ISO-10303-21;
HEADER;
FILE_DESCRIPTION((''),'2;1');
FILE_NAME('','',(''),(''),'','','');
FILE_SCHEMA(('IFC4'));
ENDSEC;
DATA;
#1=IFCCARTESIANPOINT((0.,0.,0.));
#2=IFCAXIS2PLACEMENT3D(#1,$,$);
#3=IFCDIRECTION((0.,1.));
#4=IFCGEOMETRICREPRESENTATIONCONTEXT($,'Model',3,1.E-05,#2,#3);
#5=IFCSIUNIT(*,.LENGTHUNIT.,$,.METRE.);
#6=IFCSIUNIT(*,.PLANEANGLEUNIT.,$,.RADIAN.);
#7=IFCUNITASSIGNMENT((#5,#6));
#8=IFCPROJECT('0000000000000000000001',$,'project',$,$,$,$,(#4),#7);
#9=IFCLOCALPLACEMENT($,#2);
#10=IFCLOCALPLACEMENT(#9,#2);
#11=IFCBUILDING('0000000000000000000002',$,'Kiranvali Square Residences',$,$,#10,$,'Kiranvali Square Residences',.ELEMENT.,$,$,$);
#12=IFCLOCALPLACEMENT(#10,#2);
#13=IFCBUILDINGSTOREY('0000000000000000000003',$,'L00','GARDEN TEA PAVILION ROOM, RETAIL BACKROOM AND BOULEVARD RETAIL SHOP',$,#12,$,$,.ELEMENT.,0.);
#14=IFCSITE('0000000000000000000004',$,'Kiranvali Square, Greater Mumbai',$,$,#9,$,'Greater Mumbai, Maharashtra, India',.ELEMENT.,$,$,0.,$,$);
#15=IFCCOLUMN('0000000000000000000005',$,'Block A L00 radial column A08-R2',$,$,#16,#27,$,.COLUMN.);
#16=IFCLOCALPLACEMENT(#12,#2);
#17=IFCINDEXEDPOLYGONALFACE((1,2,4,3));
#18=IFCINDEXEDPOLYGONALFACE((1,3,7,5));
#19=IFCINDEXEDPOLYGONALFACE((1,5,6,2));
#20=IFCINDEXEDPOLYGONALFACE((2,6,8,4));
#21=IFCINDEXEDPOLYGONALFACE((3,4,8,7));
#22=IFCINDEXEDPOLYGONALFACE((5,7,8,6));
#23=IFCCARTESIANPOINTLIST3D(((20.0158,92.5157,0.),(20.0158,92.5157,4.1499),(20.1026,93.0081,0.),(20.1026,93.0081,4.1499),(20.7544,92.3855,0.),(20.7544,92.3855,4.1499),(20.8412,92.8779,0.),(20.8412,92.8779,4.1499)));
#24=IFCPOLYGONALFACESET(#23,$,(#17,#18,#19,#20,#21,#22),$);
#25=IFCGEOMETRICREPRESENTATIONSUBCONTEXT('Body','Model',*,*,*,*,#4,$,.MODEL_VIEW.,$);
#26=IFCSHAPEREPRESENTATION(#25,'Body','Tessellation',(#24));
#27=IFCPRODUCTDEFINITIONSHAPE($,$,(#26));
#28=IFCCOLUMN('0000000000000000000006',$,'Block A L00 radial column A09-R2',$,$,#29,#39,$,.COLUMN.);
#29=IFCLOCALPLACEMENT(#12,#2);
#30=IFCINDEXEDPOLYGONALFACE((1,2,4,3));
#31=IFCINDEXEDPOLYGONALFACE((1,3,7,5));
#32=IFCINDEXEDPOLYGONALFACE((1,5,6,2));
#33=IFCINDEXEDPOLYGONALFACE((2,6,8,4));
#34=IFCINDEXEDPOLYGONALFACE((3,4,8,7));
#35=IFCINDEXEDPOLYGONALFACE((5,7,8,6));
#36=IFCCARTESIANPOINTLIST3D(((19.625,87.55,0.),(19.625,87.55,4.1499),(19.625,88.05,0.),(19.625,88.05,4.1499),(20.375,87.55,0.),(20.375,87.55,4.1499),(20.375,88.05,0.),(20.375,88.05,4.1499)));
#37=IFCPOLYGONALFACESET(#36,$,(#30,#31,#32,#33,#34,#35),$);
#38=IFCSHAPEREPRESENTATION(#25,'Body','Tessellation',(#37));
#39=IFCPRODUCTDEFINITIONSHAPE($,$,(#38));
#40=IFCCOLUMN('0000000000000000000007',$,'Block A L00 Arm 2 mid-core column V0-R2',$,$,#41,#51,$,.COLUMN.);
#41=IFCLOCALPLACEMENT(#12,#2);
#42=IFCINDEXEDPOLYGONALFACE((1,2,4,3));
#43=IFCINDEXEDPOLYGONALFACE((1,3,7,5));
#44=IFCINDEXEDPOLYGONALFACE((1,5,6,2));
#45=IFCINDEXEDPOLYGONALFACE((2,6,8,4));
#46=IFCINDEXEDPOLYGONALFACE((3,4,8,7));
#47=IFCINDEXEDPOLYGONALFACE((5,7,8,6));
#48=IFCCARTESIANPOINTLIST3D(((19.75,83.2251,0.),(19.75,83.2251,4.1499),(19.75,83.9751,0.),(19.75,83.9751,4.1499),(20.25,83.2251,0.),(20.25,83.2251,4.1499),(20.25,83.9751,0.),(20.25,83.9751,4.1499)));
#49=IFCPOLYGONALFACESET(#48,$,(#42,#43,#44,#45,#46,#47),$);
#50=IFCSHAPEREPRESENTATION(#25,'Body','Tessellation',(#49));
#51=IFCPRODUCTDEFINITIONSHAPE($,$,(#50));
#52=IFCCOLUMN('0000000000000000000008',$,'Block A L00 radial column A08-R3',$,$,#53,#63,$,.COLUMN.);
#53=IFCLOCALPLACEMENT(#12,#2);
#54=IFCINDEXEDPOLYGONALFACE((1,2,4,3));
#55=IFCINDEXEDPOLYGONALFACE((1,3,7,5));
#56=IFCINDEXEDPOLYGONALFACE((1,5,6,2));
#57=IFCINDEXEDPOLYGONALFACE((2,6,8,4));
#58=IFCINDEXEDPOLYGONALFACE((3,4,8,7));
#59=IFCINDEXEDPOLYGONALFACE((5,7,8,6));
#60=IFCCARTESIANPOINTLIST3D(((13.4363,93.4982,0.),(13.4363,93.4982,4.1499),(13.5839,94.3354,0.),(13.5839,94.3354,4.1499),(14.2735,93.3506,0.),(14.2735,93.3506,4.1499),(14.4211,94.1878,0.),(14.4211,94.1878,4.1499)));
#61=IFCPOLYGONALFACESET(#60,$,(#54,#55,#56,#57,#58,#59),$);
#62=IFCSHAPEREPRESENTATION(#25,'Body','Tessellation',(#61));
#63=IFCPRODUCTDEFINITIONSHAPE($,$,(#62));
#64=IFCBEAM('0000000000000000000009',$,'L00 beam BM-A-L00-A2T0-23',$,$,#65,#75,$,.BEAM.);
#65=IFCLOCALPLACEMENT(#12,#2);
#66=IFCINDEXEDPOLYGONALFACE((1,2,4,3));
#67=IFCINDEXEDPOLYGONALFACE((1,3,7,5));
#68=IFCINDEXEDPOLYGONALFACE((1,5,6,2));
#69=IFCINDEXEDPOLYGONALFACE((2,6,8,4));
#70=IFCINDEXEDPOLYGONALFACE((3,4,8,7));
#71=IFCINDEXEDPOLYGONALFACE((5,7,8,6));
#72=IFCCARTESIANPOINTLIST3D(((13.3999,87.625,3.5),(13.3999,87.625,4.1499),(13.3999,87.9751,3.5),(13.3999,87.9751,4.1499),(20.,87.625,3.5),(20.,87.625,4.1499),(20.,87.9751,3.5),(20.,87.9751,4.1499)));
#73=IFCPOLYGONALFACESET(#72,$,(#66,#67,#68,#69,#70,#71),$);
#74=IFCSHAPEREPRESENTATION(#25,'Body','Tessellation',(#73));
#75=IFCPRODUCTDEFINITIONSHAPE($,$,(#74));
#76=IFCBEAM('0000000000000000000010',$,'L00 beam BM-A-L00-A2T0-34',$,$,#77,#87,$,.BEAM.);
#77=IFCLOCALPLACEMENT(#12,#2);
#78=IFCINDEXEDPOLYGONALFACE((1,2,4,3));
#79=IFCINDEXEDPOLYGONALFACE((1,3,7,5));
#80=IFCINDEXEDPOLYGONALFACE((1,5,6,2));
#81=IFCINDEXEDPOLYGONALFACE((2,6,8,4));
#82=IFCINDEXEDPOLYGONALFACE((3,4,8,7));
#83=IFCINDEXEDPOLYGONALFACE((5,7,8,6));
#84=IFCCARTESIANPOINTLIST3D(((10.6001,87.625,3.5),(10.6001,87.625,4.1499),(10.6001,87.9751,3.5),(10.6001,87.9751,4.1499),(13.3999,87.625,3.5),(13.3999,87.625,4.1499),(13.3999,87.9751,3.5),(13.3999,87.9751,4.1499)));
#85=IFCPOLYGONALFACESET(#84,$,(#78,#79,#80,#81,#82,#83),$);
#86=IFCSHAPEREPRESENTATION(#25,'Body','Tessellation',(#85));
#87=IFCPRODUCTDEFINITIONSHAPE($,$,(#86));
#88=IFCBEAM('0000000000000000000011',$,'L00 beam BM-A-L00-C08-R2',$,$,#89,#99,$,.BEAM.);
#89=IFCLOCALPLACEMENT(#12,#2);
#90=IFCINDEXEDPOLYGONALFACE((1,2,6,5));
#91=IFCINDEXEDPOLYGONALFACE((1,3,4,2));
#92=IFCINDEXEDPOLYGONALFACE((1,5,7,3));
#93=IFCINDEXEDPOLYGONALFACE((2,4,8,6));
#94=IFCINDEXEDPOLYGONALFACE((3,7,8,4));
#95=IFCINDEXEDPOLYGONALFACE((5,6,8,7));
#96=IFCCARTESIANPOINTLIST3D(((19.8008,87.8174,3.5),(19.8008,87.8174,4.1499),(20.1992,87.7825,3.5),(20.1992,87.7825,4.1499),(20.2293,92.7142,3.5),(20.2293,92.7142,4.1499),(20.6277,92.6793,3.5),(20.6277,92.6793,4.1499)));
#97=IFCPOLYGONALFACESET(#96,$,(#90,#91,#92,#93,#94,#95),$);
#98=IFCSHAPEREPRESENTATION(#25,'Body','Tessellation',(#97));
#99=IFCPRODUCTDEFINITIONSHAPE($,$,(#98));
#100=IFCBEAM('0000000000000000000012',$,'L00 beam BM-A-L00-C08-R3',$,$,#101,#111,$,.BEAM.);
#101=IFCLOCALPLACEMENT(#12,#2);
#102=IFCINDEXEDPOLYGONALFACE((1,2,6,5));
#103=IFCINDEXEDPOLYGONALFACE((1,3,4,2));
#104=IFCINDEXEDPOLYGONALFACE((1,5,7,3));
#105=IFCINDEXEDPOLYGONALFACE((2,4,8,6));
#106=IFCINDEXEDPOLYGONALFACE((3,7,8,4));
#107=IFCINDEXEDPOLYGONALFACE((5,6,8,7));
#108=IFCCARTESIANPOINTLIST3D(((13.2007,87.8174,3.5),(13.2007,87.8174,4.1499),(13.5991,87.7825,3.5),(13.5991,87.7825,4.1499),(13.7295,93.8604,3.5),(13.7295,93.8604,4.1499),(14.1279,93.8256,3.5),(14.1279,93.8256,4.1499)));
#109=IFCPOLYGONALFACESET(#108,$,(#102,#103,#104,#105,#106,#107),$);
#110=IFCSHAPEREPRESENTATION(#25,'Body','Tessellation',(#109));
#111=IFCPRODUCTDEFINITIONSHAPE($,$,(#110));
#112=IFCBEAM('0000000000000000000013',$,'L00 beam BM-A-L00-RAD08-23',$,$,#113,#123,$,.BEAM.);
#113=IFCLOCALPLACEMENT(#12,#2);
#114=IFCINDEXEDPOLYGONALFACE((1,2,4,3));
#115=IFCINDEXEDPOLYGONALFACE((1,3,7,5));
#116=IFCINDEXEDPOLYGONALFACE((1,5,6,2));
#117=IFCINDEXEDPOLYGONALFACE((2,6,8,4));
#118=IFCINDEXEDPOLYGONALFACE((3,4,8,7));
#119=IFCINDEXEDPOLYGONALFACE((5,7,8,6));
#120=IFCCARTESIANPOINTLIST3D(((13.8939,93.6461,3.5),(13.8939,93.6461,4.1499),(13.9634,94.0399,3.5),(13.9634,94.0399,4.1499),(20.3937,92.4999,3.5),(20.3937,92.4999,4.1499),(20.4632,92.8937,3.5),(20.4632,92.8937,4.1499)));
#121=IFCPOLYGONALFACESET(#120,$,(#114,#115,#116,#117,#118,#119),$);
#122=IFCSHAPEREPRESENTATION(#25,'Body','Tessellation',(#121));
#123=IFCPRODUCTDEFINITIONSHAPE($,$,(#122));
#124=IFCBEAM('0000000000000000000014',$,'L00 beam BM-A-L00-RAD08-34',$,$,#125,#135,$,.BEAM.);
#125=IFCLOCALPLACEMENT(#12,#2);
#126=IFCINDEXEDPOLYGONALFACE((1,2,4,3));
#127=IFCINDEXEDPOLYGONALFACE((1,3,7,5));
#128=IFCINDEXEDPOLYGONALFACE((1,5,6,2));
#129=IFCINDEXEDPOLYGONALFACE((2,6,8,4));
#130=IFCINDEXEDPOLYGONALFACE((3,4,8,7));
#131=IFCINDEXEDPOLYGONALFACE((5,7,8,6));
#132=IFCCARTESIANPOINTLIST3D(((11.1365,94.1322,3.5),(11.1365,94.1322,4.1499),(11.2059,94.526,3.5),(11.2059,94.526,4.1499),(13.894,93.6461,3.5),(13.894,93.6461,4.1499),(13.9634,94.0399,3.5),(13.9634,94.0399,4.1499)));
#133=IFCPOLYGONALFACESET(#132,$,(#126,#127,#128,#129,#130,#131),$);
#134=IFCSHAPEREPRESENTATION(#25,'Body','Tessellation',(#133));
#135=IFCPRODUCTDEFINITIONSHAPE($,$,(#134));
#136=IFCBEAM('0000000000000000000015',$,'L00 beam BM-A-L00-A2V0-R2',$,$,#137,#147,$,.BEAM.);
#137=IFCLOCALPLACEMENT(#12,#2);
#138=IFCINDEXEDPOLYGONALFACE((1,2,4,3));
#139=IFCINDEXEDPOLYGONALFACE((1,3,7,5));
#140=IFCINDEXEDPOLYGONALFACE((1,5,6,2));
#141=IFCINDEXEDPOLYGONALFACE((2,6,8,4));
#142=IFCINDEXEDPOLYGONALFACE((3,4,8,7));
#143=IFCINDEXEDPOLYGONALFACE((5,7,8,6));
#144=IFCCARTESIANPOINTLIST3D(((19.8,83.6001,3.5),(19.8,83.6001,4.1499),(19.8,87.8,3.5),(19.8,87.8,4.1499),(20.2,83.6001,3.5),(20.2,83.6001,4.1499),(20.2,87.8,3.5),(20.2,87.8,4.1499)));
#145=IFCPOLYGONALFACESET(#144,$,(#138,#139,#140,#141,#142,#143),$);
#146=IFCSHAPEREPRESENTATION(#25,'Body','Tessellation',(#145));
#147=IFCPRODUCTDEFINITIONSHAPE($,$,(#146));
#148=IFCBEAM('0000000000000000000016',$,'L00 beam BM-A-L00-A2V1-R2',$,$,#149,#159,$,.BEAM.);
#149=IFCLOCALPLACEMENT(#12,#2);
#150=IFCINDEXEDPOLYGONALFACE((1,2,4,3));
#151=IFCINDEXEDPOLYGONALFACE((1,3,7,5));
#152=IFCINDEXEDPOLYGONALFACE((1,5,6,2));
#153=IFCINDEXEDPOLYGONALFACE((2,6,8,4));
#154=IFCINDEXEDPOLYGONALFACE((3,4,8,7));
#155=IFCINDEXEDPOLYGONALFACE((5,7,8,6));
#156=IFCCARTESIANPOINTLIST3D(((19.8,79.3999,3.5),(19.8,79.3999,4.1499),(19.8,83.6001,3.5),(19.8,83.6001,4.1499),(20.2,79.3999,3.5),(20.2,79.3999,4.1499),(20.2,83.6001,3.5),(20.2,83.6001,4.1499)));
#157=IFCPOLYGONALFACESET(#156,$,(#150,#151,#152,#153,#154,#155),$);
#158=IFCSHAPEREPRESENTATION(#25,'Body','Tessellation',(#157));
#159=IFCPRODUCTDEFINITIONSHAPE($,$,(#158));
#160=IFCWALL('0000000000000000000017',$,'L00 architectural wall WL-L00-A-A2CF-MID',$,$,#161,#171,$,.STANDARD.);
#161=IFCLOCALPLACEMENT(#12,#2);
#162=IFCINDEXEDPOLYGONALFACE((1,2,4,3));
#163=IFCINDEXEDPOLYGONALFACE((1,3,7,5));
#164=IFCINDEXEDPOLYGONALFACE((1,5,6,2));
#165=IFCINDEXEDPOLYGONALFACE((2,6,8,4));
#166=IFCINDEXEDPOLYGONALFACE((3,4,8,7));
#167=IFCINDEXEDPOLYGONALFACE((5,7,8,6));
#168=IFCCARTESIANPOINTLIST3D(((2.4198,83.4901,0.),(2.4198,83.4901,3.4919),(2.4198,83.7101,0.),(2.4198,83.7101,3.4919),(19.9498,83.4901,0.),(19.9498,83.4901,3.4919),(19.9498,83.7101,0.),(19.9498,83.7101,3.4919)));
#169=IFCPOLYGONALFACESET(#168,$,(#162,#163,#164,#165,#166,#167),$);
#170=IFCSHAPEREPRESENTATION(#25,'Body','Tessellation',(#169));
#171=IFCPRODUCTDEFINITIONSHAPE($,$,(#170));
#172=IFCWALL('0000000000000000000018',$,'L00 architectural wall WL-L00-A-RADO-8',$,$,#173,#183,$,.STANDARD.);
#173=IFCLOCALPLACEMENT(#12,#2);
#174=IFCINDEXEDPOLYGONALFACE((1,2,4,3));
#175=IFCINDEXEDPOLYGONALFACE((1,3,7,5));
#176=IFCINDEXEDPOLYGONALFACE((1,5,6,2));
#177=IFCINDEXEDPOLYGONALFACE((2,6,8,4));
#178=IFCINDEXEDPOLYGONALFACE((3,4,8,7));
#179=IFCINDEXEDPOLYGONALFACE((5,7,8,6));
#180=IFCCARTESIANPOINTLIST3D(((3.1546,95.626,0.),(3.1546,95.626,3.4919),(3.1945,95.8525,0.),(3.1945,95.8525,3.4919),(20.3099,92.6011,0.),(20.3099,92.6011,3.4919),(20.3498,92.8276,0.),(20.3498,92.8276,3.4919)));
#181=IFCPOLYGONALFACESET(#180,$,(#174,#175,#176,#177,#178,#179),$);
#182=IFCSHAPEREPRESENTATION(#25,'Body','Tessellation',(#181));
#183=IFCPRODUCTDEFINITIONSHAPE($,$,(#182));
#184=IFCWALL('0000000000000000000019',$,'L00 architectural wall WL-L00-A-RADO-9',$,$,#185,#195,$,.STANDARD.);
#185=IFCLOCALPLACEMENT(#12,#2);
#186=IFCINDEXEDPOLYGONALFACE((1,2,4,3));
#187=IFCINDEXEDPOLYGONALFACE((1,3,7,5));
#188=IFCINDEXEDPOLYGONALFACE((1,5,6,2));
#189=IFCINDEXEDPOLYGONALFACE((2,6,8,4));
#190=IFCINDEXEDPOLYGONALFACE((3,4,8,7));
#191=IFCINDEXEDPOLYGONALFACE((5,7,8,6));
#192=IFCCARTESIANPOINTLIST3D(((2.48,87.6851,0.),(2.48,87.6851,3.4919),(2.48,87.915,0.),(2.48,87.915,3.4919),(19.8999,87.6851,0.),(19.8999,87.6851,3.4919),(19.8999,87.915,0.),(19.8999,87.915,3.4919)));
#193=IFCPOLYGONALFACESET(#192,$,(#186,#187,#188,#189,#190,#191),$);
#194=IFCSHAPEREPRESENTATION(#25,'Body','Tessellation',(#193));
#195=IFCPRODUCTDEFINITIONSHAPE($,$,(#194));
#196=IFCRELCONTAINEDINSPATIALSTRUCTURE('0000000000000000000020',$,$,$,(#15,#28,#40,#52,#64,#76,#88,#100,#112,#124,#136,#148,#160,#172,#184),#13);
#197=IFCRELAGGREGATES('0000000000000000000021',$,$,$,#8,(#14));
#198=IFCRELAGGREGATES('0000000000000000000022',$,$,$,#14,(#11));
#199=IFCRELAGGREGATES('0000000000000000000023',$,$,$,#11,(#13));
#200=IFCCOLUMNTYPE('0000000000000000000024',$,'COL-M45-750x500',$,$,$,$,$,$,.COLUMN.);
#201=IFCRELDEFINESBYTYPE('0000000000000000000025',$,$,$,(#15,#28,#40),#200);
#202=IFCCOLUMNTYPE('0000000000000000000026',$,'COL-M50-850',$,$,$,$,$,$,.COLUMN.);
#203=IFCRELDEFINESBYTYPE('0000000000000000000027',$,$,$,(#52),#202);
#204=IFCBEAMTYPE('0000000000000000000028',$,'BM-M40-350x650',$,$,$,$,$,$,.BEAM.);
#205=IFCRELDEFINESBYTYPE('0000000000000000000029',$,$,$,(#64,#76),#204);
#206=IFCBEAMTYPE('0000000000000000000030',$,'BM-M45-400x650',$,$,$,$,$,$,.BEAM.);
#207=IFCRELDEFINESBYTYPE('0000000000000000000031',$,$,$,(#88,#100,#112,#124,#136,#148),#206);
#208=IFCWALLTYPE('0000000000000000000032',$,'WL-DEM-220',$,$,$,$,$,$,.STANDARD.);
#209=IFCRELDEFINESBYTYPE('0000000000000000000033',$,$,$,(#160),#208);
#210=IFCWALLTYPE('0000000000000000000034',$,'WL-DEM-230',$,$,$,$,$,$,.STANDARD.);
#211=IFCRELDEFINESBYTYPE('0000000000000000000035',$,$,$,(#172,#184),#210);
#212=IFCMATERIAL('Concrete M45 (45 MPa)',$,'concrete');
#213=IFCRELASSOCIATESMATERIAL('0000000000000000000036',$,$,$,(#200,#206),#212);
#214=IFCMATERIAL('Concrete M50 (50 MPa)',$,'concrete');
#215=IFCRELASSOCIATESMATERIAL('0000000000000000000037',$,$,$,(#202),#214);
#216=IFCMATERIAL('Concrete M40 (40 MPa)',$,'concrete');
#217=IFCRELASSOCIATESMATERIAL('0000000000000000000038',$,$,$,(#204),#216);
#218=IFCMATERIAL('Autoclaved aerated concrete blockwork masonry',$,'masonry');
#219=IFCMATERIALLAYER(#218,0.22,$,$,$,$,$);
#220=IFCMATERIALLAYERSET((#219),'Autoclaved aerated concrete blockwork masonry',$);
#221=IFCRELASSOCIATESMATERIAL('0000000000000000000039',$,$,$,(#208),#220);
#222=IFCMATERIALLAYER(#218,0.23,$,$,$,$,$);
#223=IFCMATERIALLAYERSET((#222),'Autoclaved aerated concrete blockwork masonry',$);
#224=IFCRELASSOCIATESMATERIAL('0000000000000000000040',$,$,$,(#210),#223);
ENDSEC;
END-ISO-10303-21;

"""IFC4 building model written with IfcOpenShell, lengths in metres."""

from ifc_helpers import new_model, si_unit, direction, frame, frame_2d, origin, origin_2d, place, context, subcontext, project, spatial, rectangle, extrude, material, layer, layer_set, material_profile, profile_set, type_object, element, save


model = new_model("IFC4")

# Units and contexts
model_context = context("Model", 3, precision=1e-05, world=origin(), true_north=direction((0.0, 1.0)))
body_context = subcontext(model_context, "Body", "Model", "MODEL_VIEW")
ifc_project = project(units=[si_unit("LENGTHUNIT", "METRE"), si_unit("PLANEANGLEUNIT", "RADIAN")], contexts=[model_context])

# Site, building, storey
site_placement = place(None, origin())
site = spatial("IfcSite", under=ifc_project, at=site_placement, Name="Kiranvali Square, Greater Mumbai", LongName="Greater Mumbai, Maharashtra, India", CompositionType="ELEMENT", RefElevation=0.0)
building_placement = place(site_placement, origin())
building = spatial("IfcBuilding", under=site, at=building_placement, Name="Kiranvali Square Residences", LongName="Kiranvali Square Residences", CompositionType="ELEMENT")
storey_placement = place(building_placement, origin())
storey = spatial("IfcBuildingStorey", under=building, at=storey_placement, Name="L00", Description="GARDEN TEA PAVILION ROOM, RETAIL BACKROOM AND BOULEVARD RETAIL SHOP", CompositionType="ELEMENT", Elevation=0.0)

# Columns
ifc_material_1 = material(Name="Concrete M45 (45 MPa)", Category="concrete")
ifc_material_profile_1 = material_profile(ifc_material_1, rectangle(XDim=0.5, YDim=0.75, at=origin_2d()), Name="RC 750x500")
ifc_profile_set_1 = profile_set([ifc_material_profile_1], Name="Concrete M45 (45 MPa)")
column_type_1 = type_object("IfcColumnType", Name="COL-M45-750x500", PredefinedType="COLUMN", material=ifc_profile_set_1)
for number, where, z_axis, x_axis, name in (
    (1, (20.4285, 92.6968, 0.0), (0.0, 0.0, 1.0), (0.173648, 0.984808, 0.0), "Block A L00 radial column A08-R2"),
    (2, (20.0, 87.8, 0.0), (0.0, 0.0, 1.0), (0.0, 1.0, 0.0), "Block A L00 radial column A09-R2"),
    (3, (20.0, 83.6001, 0.0), (0.0, 0.0, 1.0), (1.0, 0.0, 0.0), "Block A L00 Arm 2 mid-core column V0-R2"),
):
    element("IfcColumn", number, at=place(storey_placement, frame(where, z_axis=z_axis, x_axis=x_axis)), inside=storey, type_object=column_type_1, Name=name, PredefinedType="COLUMN", context=body_context, shape_type="SweptSolid", body=[
        extrude(rectangle(XDim=0.5, YDim=0.75, at=origin_2d()), origin(), (0.0, 0.0, 1.0), 4.1499),
    ])
ifc_material_2 = material(Name="Concrete M50 (50 MPa)", Category="concrete")
ifc_material_profile_2 = material_profile(ifc_material_2, rectangle(XDim=0.8501, YDim=0.8501, at=origin_2d()), Name="RC 850x850")
ifc_profile_set_2 = profile_set([ifc_material_profile_2], Name="Concrete M50 (50 MPa)")
column_type_2 = type_object("IfcColumnType", Name="COL-M50-850", PredefinedType="COLUMN", material=ifc_profile_set_2)
column_placement = place(storey_placement, frame((13.9287, 93.843, 0.0), z_axis=(0.0, 0.0, 1.0), x_axis=(0.173648, 0.984808, 0.0)))
element("IfcColumn", 4, at=column_placement, inside=storey, type_object=column_type_2, Name="Block A L00 radial column A08-R3", PredefinedType="COLUMN", context=body_context, shape_type="SweptSolid", body=[
    extrude(rectangle(XDim=0.8501, YDim=0.8501, at=origin_2d()), origin(), (0.0, 0.0, 1.0), 4.1499),
])

# Beams
ifc_material_3 = material(Name="Concrete M40 (40 MPa)", Category="concrete")
ifc_material_profile_3 = material_profile(ifc_material_3, rectangle(XDim=0.3501, YDim=0.6499, at=origin_2d()), Name="RC 350x650")
ifc_profile_set_3 = profile_set([ifc_material_profile_3], Name="Concrete M40 (40 MPa)")
beam_type_1 = type_object("IfcBeamType", Name="BM-M40-350x650", PredefinedType="BEAM", material=ifc_profile_set_3)
beam_1_placement = place(storey_placement, frame((20.0, 87.8, 3.825), z_axis=(-1.0, 0.0, 0.0), x_axis=(0.0, -1.0, 0.0)))
element("IfcBeam", 5, at=beam_1_placement, inside=storey, type_object=beam_type_1, Name="L00 beam BM-A-L00-A2T0-23", PredefinedType="BEAM", context=body_context, shape_type="SweptSolid", body=[
    extrude(rectangle(XDim=0.3501, YDim=0.6499, at=origin_2d()), origin(), (0.0, 0.0, 1.0), 6.6001),
])
beam_2_placement = place(storey_placement, frame((13.3999, 87.8, 3.825), z_axis=(-1.0, 0.0, 0.0), x_axis=(0.0, -1.0, 0.0)))
element("IfcBeam", 6, at=beam_2_placement, inside=storey, type_object=beam_type_1, Name="L00 beam BM-A-L00-A2T0-34", PredefinedType="BEAM", context=body_context, shape_type="SweptSolid", body=[
    extrude(rectangle(XDim=0.3501, YDim=0.6499, at=origin_2d()), origin(), (0.0, 0.0, 1.0), 2.7998),
])
ifc_material_profile_4 = material_profile(ifc_material_1, rectangle(XDim=0.3999, YDim=0.6499, at=origin_2d()), Name="RC 400x650")
ifc_profile_set_4 = profile_set([ifc_material_profile_4], Name="Concrete M45 (45 MPa)")
beam_type_2 = type_object("IfcBeamType", Name="BM-M45-400x650", PredefinedType="BEAM", material=ifc_profile_set_4)
beam_3_placement = place(storey_placement, frame((20.4285, 92.6968, 3.825), z_axis=(-0.087168, -0.996194, 0.0), x_axis=(0.996194, -0.087168, 0.0)))
element("IfcBeam", 7, at=beam_3_placement, inside=storey, type_object=beam_type_2, Name="L00 beam BM-A-L00-C08-R2", PredefinedType="BEAM", context=body_context, shape_type="SweptSolid", body=[
    extrude(rectangle(XDim=0.3999, YDim=0.6499, at=origin_2d()), origin(), (0.0, 0.0, 1.0), 4.9155),
])
beam_4_placement = place(storey_placement, frame((13.9287, 93.843, 3.825), z_axis=(-0.087175, -0.996193, 0.0), x_axis=(0.996193, -0.087175, 0.0)))
element("IfcBeam", 8, at=beam_4_placement, inside=storey, type_object=beam_type_2, Name="L00 beam BM-A-L00-C08-R3", PredefinedType="BEAM", context=body_context, shape_type="SweptSolid", body=[
    extrude(rectangle(XDim=0.3999, YDim=0.6499, at=origin_2d()), origin(), (0.0, 0.0, 1.0), 6.0662),
])
beam_5_placement = place(storey_placement, frame((20.4285, 92.6968, 3.825), z_axis=(-0.984804, 0.173671, 0.0), x_axis=(-0.173671, -0.984804, 0.0)))
element("IfcBeam", 9, at=beam_5_placement, inside=storey, type_object=beam_type_2, Name="L00 beam BM-A-L00-RAD08-23", PredefinedType="BEAM", context=body_context, shape_type="SweptSolid", body=[
    extrude(rectangle(XDim=0.3999, YDim=0.6499, at=origin_2d()), origin(), (0.0, 0.0, 1.0), 6.6001),
])
beam_6_placement = place(storey_placement, frame((13.9287, 93.843, 3.825), z_axis=(-0.984817, 0.173596, 0.0), x_axis=(-0.173596, -0.984817, 0.0)))
element("IfcBeam", 10, at=beam_6_placement, inside=storey, type_object=beam_type_2, Name="L00 beam BM-A-L00-RAD08-34", PredefinedType="BEAM", context=body_context, shape_type="SweptSolid", body=[
    extrude(rectangle(XDim=0.3999, YDim=0.6499, at=origin_2d()), origin(), (0.0, 0.0, 1.0), 2.8),
])
beam_7_placement = place(storey_placement, frame((20.0, 87.8, 3.825), z_axis=(0.0, -1.0, 0.0), x_axis=(1.0, 0.0, 0.0)))
element("IfcBeam", 11, at=beam_7_placement, inside=storey, type_object=beam_type_2, Name="L00 beam BM-A-L00-A2V0-R2", PredefinedType="BEAM", context=body_context, shape_type="SweptSolid", body=[
    extrude(rectangle(XDim=0.3999, YDim=0.6499, at=origin_2d()), origin(), (0.0, 0.0, 1.0), 4.2),
])
beam_8_placement = place(storey_placement, frame((20.0, 83.6001, 3.825), z_axis=(0.0, -1.0, 0.0), x_axis=(1.0, 0.0, 0.0)))
element("IfcBeam", 12, at=beam_8_placement, inside=storey, type_object=beam_type_2, Name="L00 beam BM-A-L00-A2V1-R2", PredefinedType="BEAM", context=body_context, shape_type="SweptSolid", body=[
    extrude(rectangle(XDim=0.3999, YDim=0.6499, at=origin_2d()), origin(), (0.0, 0.0, 1.0), 4.2002),
])

# Shared definitions
ifc_material_4 = material(Name="Autoclaved aerated concrete blockwork masonry", Category="masonry")

# Walls
ifc_layer_1 = layer(ifc_material_4, 0.22)
ifc_layer_set_1 = layer_set([ifc_layer_1], Name="Autoclaved aerated concrete blockwork masonry")
wall_type_1 = type_object("IfcWallType", Name="WL-DEM-220", PredefinedType="STANDARD", material=ifc_layer_set_1)
wall_1_placement = place(storey_placement, frame((19.95, 83.6001, 0.0), z_axis=(0.0, 0.0, 1.0), x_axis=(-1.0, 0.0, 0.0)))
element("IfcWall", 13, at=wall_1_placement, inside=storey, type_object=wall_type_1, Name="L00 architectural wall WL-L00-A-A2CF-MID", PredefinedType="STANDARD", context=body_context, shape_type="SweptSolid", body=[
    extrude(rectangle(XDim=17.53, YDim=0.22, at=frame_2d((8.7651, 0.0))), origin(), (0.0, 0.0, 1.0), 3.4919),
])
ifc_layer_2 = layer(ifc_material_4, 0.23)
ifc_layer_set_2 = layer_set([ifc_layer_2], Name="Autoclaved aerated concrete blockwork masonry")
wall_type_2 = type_object("IfcWallType", Name="WL-DEM-230", PredefinedType="STANDARD", material=ifc_layer_set_2)
for number, where, z_axis, x_axis, name in (
    (14, (20.3298, 92.7144, 0.0), (0.0, 0.0, 1.0), (-0.984808, 0.173646, 0.0), "L00 architectural wall WL-L00-A-RADO-8"),
    (15, (19.8999, 87.8, 0.0), (0.0, 0.0, 1.0), (-1.0, 0.0, 0.0), "L00 architectural wall WL-L00-A-RADO-9"),
):
    element("IfcWall", number, at=place(storey_placement, frame(where, z_axis=z_axis, x_axis=x_axis)), inside=storey, type_object=wall_type_2, Name=name, PredefinedType="STANDARD", context=body_context, shape_type="SweptSolid", body=[
        extrude(rectangle(XDim=17.4199, YDim=0.23, at=frame_2d((8.71, 0.0))), origin(), (0.0, 0.0, 1.0), 3.4919),
    ])

save(model, "model.ifc")
